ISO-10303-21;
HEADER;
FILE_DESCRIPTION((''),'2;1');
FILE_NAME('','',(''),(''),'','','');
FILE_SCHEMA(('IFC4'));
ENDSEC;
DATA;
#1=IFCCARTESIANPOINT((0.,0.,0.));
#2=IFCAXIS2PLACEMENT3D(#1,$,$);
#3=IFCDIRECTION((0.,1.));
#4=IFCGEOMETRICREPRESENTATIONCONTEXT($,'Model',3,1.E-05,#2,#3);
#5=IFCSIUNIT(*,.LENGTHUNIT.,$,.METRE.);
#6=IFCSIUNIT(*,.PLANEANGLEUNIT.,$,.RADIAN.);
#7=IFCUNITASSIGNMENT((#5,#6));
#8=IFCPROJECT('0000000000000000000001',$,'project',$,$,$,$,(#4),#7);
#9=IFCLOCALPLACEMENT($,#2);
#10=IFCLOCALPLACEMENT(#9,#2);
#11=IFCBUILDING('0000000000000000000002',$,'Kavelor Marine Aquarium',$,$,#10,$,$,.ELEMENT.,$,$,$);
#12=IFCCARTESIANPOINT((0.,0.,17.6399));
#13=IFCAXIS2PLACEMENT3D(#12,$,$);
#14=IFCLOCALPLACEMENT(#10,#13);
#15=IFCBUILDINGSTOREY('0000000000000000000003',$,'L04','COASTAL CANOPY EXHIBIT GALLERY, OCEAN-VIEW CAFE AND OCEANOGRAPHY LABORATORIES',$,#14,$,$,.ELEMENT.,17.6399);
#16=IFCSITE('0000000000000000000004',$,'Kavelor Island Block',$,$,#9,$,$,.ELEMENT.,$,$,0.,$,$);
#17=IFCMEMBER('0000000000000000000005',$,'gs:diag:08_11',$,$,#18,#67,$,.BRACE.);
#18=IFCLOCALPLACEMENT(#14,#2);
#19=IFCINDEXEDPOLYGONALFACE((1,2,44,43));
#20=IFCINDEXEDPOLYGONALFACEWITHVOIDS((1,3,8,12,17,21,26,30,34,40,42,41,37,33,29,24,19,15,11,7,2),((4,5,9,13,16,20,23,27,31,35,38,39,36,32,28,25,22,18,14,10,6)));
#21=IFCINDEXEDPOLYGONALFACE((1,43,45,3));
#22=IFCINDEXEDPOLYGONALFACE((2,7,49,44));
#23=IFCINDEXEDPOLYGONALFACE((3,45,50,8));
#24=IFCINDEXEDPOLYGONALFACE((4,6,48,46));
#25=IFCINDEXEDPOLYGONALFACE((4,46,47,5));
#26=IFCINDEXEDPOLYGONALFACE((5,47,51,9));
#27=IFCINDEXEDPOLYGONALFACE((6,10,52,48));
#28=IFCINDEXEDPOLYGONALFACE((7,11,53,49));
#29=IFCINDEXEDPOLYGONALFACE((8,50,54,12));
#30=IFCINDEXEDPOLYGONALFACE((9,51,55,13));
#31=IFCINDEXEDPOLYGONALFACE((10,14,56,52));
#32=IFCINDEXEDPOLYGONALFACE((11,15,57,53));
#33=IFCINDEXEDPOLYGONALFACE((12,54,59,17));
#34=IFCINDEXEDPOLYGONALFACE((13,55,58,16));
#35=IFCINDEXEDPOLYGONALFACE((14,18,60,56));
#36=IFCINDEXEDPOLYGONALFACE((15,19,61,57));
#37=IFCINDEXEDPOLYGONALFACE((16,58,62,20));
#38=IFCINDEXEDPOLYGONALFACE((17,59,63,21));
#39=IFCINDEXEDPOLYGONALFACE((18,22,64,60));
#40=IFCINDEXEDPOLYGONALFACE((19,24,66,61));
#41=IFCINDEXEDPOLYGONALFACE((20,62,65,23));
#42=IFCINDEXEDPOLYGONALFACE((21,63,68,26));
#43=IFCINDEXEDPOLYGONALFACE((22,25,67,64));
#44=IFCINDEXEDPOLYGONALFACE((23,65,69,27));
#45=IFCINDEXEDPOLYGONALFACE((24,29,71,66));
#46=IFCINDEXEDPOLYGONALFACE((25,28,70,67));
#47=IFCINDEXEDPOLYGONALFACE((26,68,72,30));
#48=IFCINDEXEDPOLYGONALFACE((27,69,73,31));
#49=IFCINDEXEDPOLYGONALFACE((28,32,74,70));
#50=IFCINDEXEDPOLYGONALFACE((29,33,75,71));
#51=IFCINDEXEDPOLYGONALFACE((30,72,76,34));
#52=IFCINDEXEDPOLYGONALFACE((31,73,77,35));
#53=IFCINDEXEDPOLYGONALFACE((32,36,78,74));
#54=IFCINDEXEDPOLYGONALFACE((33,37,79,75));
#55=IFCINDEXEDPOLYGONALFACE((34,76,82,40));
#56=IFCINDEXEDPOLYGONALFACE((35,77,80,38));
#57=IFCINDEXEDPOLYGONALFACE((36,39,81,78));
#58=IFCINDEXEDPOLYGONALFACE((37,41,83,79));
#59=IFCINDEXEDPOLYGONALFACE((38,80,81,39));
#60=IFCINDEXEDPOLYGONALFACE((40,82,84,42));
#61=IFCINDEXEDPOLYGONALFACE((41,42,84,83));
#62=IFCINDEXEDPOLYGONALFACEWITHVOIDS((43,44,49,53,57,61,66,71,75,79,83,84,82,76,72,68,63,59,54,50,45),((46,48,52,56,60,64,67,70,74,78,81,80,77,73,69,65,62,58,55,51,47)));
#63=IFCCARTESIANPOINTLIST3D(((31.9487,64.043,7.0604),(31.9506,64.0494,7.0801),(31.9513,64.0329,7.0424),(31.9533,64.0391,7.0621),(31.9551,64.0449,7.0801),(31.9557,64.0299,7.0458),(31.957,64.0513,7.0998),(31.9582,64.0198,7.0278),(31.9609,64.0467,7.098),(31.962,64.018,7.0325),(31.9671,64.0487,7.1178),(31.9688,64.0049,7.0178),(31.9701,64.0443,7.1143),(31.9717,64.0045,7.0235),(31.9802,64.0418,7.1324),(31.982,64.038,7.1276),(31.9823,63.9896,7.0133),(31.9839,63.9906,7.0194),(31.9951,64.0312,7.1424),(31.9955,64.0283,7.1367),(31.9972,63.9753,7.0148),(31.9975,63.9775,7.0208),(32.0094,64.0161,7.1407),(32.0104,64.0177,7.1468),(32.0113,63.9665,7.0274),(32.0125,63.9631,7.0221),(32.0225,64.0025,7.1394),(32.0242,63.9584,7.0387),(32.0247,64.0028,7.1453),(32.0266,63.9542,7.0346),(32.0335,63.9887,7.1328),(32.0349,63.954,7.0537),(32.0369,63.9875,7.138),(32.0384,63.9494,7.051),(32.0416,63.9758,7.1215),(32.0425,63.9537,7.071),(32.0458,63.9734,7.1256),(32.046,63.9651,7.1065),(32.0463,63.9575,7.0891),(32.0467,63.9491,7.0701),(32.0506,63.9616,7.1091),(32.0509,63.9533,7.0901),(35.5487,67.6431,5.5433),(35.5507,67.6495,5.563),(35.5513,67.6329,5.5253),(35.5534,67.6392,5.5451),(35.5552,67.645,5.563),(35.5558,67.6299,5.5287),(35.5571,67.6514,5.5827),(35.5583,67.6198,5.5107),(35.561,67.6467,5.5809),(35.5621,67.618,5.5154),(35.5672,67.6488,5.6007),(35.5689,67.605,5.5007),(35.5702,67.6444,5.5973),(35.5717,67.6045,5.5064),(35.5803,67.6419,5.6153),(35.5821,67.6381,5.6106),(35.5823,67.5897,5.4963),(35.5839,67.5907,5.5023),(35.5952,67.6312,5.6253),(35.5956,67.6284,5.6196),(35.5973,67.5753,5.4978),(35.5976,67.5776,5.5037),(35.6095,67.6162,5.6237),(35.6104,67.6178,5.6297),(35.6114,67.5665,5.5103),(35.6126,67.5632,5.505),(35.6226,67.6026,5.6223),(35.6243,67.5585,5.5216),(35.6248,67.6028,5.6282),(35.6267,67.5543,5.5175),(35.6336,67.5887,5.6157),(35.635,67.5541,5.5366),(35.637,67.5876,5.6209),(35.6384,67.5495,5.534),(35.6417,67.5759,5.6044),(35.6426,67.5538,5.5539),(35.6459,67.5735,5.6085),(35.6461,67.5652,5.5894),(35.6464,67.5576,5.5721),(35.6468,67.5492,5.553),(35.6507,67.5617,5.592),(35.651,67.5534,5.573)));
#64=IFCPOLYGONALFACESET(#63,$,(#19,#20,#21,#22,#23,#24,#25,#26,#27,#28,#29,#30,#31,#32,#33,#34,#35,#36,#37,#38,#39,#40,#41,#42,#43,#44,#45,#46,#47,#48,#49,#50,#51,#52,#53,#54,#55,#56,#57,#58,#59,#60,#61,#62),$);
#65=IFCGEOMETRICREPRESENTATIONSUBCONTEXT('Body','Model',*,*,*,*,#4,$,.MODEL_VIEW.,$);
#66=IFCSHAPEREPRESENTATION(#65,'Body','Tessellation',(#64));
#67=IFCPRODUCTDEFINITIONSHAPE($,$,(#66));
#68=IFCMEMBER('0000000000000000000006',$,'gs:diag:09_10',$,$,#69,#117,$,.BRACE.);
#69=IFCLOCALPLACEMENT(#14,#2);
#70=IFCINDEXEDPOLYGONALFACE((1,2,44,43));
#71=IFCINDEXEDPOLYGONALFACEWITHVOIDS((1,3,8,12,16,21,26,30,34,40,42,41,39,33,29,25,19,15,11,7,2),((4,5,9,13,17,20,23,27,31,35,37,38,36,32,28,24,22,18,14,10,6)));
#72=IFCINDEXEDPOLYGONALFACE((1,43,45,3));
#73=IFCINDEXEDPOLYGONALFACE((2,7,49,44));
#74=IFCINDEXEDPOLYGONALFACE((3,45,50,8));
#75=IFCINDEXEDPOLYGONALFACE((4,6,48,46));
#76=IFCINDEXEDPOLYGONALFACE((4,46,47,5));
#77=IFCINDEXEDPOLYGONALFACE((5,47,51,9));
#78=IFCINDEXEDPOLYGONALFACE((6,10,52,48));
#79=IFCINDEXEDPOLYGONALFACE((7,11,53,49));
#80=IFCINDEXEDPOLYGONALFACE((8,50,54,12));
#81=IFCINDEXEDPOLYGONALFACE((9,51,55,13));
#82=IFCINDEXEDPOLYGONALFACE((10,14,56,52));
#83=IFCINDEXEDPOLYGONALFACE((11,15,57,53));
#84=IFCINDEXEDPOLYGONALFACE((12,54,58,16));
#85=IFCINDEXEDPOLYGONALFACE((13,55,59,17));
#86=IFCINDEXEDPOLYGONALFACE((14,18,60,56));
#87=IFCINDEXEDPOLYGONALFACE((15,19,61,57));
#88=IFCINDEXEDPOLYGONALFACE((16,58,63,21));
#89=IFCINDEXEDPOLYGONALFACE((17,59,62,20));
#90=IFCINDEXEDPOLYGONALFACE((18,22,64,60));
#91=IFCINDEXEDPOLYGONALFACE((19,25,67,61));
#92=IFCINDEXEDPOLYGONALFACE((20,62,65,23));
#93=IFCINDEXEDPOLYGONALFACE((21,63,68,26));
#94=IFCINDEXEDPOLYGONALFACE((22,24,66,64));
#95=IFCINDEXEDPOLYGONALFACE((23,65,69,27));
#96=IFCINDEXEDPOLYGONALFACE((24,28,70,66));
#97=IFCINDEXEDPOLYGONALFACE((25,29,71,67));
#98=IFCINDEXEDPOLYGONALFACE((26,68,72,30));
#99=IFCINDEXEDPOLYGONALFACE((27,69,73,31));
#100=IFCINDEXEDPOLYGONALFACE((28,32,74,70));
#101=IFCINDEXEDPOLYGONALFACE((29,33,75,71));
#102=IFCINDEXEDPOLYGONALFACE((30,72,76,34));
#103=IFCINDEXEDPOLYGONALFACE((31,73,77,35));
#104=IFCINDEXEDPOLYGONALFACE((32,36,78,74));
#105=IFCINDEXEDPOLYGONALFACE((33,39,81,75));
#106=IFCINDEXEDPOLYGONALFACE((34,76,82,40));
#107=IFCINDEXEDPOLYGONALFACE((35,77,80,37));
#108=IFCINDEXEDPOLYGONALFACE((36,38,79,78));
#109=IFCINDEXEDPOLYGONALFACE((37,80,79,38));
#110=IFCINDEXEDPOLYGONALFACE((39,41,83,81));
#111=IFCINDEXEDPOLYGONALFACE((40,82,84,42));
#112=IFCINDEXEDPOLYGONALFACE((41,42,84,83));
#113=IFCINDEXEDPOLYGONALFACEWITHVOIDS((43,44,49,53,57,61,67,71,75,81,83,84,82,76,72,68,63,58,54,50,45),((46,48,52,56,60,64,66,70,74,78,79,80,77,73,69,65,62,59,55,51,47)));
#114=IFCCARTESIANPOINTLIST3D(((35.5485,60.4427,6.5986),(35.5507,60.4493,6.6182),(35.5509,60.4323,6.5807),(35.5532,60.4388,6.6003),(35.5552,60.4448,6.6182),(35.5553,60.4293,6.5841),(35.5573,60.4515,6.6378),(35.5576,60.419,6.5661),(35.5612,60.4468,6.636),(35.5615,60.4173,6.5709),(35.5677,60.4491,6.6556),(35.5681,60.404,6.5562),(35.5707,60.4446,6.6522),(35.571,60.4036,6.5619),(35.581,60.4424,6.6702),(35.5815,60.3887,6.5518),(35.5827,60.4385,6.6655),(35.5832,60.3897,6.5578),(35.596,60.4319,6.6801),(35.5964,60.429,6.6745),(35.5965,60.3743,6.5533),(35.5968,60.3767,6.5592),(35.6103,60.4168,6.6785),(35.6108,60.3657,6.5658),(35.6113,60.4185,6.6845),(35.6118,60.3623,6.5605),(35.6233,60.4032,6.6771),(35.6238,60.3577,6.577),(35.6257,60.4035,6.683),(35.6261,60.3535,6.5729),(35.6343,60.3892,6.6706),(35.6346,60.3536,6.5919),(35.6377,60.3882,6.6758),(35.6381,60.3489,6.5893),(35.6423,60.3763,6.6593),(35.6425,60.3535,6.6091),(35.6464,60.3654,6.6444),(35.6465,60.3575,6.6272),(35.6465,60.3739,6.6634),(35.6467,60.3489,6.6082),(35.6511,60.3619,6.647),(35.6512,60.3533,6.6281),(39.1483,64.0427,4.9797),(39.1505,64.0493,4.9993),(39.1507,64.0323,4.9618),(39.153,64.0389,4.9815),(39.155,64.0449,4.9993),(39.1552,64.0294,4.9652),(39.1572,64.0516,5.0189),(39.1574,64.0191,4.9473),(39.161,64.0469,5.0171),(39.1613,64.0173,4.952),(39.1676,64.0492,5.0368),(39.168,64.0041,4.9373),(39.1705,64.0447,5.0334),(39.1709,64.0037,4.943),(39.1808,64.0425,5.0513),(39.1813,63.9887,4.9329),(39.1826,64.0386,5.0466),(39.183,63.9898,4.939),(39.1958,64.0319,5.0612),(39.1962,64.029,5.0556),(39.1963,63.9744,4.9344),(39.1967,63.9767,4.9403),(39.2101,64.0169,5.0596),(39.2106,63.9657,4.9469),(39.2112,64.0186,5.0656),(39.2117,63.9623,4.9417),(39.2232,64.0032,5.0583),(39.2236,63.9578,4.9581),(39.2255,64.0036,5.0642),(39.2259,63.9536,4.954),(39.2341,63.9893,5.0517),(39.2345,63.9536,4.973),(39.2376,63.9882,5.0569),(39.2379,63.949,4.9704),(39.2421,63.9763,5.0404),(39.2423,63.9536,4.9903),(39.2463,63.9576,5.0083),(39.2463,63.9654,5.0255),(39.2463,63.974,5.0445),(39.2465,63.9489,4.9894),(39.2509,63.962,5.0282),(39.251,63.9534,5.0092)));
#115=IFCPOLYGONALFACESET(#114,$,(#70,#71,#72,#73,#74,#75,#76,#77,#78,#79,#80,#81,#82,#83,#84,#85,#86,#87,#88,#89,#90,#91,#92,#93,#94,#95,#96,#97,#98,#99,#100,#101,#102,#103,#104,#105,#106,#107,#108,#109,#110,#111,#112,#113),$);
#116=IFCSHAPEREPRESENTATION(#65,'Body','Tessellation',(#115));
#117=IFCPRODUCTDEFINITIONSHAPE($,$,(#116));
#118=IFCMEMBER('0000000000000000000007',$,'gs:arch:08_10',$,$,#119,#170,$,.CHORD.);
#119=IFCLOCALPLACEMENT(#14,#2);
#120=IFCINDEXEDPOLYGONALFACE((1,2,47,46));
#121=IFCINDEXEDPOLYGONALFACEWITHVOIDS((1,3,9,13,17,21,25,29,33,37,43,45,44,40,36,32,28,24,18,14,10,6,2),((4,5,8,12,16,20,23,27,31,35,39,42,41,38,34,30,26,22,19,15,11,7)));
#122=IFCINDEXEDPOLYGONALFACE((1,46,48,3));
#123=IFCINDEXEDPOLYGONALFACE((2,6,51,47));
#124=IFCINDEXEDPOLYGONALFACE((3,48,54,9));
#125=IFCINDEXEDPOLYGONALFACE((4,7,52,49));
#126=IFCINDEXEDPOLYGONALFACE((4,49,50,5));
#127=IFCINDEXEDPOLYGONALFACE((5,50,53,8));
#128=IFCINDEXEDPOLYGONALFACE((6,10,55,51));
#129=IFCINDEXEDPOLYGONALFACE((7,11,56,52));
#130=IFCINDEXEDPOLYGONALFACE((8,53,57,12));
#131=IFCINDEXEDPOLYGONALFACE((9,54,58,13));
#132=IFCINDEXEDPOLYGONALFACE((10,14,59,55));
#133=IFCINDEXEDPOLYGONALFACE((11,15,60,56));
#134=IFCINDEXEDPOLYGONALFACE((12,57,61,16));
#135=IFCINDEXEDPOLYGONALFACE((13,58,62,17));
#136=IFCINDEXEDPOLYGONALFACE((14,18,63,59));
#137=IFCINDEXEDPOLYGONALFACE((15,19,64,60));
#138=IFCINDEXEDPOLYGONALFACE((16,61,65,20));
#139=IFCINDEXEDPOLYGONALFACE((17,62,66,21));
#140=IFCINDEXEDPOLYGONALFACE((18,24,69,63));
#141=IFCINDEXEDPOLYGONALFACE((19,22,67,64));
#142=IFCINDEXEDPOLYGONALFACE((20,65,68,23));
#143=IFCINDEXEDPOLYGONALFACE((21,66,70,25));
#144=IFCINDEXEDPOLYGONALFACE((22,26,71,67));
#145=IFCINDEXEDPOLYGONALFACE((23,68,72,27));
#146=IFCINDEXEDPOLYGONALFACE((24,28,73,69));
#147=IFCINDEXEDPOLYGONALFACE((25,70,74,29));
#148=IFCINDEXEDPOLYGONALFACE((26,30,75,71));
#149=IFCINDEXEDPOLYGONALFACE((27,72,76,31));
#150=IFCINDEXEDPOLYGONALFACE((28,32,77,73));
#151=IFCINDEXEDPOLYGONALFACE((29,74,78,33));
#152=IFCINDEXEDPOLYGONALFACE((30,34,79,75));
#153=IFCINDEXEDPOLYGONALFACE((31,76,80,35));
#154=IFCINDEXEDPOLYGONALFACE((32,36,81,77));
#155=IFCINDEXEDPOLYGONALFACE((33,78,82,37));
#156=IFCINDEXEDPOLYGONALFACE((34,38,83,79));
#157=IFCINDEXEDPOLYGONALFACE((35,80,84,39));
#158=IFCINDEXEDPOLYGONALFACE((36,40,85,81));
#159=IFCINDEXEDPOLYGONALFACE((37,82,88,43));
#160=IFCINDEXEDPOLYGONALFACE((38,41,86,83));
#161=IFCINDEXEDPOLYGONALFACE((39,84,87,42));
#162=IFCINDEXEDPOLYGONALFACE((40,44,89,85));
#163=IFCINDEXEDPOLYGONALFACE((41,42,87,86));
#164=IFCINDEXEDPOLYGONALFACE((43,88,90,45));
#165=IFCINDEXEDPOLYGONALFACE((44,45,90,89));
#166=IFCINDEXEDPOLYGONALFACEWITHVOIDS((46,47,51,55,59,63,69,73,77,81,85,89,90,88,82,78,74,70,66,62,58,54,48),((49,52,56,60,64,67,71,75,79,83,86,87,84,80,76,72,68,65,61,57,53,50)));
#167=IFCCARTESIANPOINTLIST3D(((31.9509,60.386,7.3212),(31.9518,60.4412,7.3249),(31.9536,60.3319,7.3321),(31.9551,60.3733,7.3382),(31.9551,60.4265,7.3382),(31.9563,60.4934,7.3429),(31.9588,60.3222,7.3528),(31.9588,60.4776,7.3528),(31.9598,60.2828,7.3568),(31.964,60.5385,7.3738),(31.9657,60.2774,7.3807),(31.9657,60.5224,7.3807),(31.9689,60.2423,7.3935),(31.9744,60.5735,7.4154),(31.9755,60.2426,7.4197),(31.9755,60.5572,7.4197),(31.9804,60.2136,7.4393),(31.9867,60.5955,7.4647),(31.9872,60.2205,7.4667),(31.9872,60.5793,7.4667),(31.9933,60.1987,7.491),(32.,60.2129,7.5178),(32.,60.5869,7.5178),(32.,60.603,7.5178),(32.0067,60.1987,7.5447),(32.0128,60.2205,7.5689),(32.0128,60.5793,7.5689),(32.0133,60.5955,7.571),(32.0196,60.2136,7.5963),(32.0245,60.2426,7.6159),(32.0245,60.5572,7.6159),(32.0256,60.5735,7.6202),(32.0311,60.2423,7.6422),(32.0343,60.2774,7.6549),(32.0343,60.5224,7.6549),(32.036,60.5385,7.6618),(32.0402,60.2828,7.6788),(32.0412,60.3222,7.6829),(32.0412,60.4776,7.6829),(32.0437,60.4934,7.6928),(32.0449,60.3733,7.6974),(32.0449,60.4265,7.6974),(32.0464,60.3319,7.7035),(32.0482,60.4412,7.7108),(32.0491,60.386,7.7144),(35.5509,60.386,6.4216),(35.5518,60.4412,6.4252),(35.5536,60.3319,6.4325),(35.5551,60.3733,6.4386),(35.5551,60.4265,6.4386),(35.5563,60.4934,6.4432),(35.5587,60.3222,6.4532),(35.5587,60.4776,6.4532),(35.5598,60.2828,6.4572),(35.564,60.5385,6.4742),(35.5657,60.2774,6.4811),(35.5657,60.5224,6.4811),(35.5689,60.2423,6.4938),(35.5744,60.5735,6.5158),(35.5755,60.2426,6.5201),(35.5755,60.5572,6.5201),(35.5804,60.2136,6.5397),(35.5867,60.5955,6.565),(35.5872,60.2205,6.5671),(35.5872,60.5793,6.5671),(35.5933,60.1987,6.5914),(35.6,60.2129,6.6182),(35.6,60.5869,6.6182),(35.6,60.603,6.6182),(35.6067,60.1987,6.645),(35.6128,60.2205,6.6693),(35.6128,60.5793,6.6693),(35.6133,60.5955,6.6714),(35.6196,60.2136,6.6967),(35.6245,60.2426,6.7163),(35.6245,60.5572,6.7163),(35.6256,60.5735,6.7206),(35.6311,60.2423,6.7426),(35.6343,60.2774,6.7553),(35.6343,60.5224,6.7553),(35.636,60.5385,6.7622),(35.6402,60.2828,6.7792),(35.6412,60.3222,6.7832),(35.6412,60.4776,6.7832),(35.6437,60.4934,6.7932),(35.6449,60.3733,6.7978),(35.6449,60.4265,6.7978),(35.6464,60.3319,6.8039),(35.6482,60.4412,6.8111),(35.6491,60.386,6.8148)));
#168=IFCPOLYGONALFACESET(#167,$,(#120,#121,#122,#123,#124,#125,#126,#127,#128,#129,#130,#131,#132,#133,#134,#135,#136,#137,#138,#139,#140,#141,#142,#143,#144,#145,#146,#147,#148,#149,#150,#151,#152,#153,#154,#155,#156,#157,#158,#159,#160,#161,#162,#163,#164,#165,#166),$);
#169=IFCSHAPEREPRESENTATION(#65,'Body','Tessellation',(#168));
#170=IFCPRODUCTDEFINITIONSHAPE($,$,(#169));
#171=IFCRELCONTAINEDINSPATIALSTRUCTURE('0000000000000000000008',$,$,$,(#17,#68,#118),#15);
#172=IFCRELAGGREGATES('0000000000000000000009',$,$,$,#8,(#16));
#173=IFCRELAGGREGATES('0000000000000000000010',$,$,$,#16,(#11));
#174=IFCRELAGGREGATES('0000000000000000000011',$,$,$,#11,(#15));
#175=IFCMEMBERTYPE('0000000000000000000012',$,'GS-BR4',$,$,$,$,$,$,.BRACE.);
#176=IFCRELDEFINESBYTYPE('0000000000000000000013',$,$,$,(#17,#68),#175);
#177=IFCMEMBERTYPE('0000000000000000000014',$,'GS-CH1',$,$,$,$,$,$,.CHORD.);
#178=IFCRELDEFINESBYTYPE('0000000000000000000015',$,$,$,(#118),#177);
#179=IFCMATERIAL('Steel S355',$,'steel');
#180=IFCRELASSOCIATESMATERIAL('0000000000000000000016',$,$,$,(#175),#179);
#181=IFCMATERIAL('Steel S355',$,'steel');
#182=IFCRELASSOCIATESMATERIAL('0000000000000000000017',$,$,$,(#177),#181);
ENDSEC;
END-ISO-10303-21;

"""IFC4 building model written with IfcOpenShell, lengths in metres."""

from ifc_helpers import new_model, si_unit, direction, frame, origin, origin_2d, place, context, subcontext, project, spatial, hollow_circle, extrude, material, material_profile, profile_set, type_object, element, save


model = new_model("IFC4")

# Units and contexts
model_context = context("Model", 3, precision=1e-05, world=origin(), true_north=direction((0.0, 1.0)))
body_context = subcontext(model_context, "Body", "Model", "MODEL_VIEW")
ifc_project = project(units=[si_unit("LENGTHUNIT", "METRE"), si_unit("PLANEANGLEUNIT", "RADIAN")], contexts=[model_context])

# Site, building, storey
site_placement = place(None, origin())
site = spatial("IfcSite", under=ifc_project, at=site_placement, Name="Kavelor Island Block", CompositionType="ELEMENT", RefElevation=0.0)
building_placement = place(site_placement, origin())
building = spatial("IfcBuilding", under=site, at=building_placement, Name="Kavelor Marine Aquarium", CompositionType="ELEMENT")
storey_placement = place(building_placement, frame((0.0, 0.0, 17.6399)))
storey = spatial("IfcBuildingStorey", under=building, at=storey_placement, Name="L04", Description="COASTAL CANOPY EXHIBIT GALLERY, OCEAN-VIEW CAFE AND OCEANOGRAPHY LABORATORIES", CompositionType="ELEMENT", Elevation=17.6399)

# Members
ifc_material_1 = material(Name="Steel S355", Category="steel")
ifc_material_profile_1 = material_profile(ifc_material_1, hollow_circle(Radius=0.0698, WallThickness=0.0063, at=origin_2d()), Name="CHS 139.7x6.3")
ifc_profile_set_1 = profile_set([ifc_material_profile_1], Name="Steel S355")
member_type_1 = type_object("IfcMemberType", Name="GS-BR4", PredefinedType="BRACE", material=ifc_profile_set_1)
member_1_placement = place(storey_placement, frame((32.0, 64.0, 7.0801), z_axis=(0.677662, 0.677662, -0.285568), x_axis=(-0.707107, 0.707107, 0.0)))
element("IfcMember", 1, at=member_1_placement, inside=storey, type_object=member_type_1, Name="gs:diag:08_11", PredefinedType="BRACE", context=body_context, shape_type="SweptSolid", body=[
    extrude(hollow_circle(Radius=0.0698, WallThickness=0.0063, at=origin_2d()), origin(), (0.0, 0.0, 1.0), 5.3125),
])
member_2_placement = place(storey_placement, frame((35.6001, 60.3999, 6.6182), z_axis=(0.673836, 0.673882, -0.303032), x_axis=(-0.707131, 0.707083, 0.0)))
element("IfcMember", 2, at=member_2_placement, inside=storey, type_object=member_type_1, Name="gs:diag:09_10", PredefinedType="BRACE", context=body_context, shape_type="SweptSolid", body=[
    extrude(hollow_circle(Radius=0.0698, WallThickness=0.0063, at=origin_2d()), origin(), (0.0, 0.0, 1.0), 5.3423),
])
ifc_material_2 = material(Name="Steel S355", Category="steel")
ifc_material_profile_2 = material_profile(ifc_material_2, hollow_circle(Radius=0.2031, WallThickness=0.0161, at=origin_2d()), Name="CHS 406.4x16.0")
ifc_profile_set_2 = profile_set([ifc_material_profile_2], Name="Steel S355")
member_type_2 = type_object("IfcMemberType", Name="GS-CH1", PredefinedType="CHORD", material=ifc_profile_set_2)
member_3_placement = place(storey_placement, frame((32.0, 60.3999, 7.5178), z_axis=(0.970166, 0.0, -0.242443), x_axis=(0.0, 1.0, 0.0)))
element("IfcMember", 3, at=member_3_placement, inside=storey, type_object=member_type_2, Name="gs:arch:08_10", PredefinedType="CHORD", context=body_context, shape_type="SweptSolid", body=[
    extrude(hollow_circle(Radius=0.2031, WallThickness=0.0161, at=origin_2d()), origin(), (0.0, 0.0, 1.0), 3.7107),
])

save(model, "model.ifc")
